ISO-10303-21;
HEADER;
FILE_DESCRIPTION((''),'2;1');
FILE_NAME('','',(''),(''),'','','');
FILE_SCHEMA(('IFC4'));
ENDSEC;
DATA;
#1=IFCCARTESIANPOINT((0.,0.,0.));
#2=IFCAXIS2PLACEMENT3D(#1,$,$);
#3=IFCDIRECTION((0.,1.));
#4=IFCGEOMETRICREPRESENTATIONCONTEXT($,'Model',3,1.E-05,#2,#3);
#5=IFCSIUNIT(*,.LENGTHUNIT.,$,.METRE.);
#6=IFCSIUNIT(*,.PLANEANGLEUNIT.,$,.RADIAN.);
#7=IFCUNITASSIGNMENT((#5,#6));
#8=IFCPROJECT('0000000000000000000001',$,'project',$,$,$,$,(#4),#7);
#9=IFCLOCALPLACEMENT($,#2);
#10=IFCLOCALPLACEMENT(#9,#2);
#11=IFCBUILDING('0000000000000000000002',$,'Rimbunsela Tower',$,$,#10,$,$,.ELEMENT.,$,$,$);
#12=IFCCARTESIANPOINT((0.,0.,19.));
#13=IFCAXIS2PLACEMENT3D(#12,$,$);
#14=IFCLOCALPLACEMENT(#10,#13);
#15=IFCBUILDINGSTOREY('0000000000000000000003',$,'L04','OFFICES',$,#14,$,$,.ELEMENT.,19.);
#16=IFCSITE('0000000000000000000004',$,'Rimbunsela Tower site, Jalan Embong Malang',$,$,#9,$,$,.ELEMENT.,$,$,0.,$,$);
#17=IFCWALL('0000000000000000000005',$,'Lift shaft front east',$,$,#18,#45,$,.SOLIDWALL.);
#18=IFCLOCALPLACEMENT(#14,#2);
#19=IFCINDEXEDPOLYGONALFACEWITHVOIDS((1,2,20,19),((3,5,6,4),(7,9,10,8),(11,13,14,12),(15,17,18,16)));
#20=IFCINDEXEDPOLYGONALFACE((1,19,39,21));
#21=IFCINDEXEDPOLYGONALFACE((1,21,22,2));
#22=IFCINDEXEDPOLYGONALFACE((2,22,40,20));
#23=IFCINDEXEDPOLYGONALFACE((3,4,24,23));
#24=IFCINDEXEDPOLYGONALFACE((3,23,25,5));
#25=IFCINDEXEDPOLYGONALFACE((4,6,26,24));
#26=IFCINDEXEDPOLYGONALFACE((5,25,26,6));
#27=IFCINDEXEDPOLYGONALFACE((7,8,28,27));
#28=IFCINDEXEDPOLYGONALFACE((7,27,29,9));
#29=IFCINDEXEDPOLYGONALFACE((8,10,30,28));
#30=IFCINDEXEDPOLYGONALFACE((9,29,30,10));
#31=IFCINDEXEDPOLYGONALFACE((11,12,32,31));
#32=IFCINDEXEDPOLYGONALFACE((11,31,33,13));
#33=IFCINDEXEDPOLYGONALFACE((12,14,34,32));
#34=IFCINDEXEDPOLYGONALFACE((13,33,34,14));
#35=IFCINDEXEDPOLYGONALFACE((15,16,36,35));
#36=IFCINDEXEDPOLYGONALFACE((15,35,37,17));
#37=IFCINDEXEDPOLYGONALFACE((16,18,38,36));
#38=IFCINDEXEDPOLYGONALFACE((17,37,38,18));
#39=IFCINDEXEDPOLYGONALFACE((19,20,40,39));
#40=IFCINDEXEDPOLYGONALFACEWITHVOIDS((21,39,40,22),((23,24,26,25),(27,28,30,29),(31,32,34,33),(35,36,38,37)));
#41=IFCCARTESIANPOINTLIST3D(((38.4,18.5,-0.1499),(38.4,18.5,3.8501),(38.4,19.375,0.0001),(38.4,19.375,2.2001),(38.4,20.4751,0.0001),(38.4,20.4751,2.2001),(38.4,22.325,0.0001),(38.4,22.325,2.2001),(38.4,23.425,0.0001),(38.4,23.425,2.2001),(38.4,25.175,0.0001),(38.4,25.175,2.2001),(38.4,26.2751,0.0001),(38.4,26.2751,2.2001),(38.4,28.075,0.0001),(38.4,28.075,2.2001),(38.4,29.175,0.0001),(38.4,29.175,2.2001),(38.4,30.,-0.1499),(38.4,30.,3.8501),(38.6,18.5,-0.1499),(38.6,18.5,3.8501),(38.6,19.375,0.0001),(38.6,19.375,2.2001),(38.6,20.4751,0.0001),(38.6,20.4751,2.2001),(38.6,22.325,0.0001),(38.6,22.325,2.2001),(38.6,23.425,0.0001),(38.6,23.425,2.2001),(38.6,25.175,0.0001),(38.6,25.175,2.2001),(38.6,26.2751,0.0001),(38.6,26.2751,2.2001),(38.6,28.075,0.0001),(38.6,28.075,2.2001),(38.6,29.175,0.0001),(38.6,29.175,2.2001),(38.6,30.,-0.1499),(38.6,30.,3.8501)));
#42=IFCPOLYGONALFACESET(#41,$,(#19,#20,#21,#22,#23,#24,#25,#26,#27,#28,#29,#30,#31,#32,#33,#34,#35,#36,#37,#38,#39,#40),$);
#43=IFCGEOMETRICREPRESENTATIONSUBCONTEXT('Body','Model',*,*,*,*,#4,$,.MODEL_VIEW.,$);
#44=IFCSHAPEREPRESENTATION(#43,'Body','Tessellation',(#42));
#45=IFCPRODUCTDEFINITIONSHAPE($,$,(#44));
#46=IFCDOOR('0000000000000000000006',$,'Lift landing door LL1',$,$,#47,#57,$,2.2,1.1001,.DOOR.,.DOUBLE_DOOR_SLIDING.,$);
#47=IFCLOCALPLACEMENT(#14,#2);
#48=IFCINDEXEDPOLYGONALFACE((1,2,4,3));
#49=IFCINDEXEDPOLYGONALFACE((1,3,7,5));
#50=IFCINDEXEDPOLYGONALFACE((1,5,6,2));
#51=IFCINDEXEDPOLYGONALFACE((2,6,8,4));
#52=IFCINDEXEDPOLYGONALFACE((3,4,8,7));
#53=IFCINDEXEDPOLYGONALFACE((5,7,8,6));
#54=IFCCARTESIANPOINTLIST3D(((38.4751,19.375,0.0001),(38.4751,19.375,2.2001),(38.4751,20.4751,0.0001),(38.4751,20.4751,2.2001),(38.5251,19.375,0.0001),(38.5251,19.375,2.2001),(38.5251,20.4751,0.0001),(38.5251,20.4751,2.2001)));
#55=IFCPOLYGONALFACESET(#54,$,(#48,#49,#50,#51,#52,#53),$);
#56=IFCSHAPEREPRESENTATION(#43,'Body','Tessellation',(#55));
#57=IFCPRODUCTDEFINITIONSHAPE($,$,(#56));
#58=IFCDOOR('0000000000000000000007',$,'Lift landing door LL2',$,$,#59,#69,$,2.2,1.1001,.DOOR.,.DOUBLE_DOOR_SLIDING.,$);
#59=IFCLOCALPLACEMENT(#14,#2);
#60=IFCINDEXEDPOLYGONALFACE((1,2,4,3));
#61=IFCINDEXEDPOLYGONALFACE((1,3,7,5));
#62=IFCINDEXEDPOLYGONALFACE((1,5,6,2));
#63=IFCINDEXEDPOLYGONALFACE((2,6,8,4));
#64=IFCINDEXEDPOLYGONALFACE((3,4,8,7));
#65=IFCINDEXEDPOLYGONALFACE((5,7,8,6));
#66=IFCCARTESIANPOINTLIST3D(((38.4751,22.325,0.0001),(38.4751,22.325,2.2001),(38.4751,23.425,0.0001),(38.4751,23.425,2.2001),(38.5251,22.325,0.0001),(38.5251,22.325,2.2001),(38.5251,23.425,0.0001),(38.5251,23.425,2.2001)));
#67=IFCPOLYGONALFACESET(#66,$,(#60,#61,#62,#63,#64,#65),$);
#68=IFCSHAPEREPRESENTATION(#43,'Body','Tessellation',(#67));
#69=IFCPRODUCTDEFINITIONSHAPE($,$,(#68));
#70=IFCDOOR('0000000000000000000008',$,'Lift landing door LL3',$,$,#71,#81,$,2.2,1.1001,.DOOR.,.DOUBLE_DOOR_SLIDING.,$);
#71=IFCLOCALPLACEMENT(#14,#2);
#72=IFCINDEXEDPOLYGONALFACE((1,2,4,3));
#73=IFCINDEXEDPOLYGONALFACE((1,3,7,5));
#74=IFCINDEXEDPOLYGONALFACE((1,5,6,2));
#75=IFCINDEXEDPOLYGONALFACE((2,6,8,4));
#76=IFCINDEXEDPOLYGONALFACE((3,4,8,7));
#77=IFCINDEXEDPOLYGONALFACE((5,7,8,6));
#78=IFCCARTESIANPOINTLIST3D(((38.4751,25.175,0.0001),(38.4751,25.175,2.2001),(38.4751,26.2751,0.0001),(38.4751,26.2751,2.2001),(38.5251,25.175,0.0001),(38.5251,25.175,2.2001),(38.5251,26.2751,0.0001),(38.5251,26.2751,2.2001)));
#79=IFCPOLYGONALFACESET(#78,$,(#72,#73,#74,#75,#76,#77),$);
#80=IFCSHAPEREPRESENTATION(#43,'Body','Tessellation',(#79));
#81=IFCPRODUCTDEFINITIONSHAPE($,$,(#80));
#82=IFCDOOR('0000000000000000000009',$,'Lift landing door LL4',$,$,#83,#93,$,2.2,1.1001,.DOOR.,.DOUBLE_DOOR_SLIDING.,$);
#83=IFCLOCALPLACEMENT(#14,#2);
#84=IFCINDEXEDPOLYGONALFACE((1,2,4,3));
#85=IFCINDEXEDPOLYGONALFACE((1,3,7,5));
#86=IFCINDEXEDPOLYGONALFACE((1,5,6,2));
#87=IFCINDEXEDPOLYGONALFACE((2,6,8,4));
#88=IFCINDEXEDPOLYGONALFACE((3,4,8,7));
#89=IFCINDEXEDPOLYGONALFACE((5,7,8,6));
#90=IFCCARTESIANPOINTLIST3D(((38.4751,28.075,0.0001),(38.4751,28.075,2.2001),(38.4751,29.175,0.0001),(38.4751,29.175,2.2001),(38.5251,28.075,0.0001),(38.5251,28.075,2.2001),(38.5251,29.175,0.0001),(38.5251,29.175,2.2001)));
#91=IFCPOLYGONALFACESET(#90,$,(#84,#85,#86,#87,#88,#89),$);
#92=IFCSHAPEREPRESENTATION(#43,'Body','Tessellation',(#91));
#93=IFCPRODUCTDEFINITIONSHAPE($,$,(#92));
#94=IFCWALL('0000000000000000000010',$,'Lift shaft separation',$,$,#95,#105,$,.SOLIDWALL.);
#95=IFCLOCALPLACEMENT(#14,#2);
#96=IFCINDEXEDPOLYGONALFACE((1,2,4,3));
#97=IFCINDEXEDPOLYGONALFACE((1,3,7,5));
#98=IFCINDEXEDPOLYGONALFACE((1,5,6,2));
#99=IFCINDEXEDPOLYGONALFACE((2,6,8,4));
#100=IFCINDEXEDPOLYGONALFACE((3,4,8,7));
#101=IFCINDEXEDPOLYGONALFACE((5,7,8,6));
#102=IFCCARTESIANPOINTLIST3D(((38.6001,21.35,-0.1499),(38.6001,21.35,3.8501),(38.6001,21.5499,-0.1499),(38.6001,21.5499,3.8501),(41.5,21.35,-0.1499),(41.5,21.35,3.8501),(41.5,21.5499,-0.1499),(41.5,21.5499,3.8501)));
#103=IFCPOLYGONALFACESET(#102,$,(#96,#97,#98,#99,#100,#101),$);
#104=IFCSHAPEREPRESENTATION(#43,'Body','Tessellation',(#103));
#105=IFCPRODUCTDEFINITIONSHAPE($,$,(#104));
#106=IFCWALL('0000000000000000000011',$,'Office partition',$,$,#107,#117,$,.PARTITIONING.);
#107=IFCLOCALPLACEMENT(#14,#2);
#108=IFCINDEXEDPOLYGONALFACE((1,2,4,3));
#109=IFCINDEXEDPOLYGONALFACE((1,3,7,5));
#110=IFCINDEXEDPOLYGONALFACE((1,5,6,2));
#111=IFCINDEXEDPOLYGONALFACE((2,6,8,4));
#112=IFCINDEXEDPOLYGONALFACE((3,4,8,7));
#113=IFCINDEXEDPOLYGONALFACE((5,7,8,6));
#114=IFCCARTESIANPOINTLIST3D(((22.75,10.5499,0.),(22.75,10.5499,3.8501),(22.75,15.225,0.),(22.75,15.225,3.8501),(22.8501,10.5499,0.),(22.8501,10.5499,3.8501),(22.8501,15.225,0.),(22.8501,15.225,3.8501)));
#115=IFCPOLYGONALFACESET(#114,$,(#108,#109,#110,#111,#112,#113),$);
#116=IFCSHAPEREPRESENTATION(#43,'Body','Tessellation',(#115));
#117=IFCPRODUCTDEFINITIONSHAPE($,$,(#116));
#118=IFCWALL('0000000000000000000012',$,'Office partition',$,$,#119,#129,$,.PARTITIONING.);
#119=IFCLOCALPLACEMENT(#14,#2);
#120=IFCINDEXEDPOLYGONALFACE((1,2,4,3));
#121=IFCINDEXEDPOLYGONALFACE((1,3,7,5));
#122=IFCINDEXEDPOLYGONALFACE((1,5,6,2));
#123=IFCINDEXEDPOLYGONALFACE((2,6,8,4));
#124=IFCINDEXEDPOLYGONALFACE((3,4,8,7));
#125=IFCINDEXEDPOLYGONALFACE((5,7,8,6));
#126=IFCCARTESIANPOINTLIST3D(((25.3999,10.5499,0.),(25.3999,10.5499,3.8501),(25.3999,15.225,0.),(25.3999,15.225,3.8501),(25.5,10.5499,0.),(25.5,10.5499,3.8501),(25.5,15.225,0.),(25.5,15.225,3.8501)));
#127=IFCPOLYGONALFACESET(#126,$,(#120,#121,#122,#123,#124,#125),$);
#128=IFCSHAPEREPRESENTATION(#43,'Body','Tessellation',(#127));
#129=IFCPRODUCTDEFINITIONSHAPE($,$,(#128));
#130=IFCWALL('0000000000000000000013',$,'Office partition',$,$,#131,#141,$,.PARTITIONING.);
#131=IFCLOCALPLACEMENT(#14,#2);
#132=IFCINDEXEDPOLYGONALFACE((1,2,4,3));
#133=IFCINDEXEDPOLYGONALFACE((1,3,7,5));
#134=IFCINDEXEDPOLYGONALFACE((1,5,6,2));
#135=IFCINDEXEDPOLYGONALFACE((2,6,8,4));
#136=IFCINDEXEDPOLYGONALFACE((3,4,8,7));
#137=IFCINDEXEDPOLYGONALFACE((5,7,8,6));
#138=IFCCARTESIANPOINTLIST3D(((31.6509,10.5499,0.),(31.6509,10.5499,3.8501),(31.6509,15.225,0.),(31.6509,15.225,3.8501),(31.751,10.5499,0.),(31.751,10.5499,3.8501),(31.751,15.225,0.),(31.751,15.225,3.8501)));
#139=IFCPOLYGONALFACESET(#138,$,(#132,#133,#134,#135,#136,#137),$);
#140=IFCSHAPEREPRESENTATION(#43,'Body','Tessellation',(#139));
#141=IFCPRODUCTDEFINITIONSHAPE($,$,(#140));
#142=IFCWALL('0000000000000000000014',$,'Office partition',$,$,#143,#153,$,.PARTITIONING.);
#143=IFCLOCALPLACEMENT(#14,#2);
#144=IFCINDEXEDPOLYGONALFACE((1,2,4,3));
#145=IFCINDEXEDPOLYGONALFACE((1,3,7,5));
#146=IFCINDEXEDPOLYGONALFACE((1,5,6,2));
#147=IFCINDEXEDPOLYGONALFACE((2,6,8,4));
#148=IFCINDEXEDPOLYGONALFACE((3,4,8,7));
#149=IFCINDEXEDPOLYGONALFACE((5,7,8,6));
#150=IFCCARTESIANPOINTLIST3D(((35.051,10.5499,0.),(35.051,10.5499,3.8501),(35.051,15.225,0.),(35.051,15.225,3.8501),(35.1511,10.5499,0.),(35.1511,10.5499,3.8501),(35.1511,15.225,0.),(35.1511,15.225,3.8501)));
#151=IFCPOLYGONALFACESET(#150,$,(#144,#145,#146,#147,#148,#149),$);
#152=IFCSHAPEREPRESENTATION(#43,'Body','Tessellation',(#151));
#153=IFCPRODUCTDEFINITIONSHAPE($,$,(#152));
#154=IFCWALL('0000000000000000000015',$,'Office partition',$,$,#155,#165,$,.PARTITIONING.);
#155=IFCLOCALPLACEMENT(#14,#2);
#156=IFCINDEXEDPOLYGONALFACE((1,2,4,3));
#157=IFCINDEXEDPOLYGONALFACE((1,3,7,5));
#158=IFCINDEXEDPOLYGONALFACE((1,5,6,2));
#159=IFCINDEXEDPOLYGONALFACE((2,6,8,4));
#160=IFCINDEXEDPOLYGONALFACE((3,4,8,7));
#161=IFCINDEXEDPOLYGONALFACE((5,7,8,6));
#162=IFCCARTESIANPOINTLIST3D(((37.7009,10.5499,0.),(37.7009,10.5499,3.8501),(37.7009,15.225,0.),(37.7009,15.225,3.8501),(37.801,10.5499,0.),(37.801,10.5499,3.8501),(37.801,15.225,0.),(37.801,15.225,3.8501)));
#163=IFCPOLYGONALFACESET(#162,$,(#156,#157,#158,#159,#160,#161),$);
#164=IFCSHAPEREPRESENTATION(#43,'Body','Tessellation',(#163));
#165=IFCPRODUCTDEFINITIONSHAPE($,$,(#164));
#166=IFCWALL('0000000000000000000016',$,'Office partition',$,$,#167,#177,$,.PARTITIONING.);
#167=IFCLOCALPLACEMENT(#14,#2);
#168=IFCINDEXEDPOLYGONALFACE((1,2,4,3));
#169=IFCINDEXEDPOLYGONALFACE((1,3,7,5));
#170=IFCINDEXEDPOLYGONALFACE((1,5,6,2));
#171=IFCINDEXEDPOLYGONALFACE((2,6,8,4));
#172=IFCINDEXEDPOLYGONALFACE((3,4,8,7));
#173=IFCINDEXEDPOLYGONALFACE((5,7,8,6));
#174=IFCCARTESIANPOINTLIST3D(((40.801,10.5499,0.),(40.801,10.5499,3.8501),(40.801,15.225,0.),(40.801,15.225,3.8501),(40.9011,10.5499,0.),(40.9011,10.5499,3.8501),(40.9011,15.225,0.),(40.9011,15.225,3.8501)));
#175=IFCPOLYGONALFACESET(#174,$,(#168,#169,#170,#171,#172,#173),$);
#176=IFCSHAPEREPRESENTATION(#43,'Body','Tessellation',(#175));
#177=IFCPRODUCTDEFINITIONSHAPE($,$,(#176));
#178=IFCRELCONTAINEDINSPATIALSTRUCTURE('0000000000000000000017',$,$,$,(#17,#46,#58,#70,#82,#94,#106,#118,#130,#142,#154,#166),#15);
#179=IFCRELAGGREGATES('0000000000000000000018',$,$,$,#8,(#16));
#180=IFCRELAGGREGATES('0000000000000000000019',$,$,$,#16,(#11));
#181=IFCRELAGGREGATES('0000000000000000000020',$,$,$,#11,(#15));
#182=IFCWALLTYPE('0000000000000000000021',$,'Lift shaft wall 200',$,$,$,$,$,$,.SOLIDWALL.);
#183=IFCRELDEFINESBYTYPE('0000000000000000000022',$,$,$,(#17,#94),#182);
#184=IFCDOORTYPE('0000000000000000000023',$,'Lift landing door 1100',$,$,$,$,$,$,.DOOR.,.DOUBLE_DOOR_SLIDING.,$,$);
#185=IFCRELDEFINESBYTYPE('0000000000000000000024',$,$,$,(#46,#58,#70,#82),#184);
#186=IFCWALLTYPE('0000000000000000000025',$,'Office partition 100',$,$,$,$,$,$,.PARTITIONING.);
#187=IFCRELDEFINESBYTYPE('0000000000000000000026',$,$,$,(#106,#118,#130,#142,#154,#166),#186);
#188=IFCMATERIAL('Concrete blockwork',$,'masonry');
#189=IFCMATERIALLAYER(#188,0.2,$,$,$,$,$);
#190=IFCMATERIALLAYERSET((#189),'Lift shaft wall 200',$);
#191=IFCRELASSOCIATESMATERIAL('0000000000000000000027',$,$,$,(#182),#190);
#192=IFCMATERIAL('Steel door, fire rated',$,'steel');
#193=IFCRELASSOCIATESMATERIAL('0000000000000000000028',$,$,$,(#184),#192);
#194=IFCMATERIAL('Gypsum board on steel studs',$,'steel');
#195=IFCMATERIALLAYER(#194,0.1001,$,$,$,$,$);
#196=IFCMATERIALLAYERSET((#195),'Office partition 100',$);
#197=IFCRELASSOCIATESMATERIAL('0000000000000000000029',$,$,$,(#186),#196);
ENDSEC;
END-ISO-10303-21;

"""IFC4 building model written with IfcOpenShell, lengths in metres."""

from ifc_helpers import new_model, si_unit, direction, frame, frame_2d, origin, place, context, subcontext, project, spatial, rectangle, extrude, material, layer, layer_set, type_object, element, fill, save


model = new_model("IFC4")

# Units and contexts
model_context = context("Model", 3, precision=1e-05, world=origin(), true_north=direction((0.0, 1.0)))
body_context = subcontext(model_context, "Body", "Model", "MODEL_VIEW")
ifc_project = project(units=[si_unit("LENGTHUNIT", "METRE"), si_unit("PLANEANGLEUNIT", "RADIAN")], contexts=[model_context])

# Site, building, storey
site_placement = place(None, origin())
site = spatial("IfcSite", under=ifc_project, at=site_placement, Name="Rimbunsela Tower site, Jalan Embong Malang", CompositionType="ELEMENT", RefElevation=0.0)
building_placement = place(site_placement, origin())
building = spatial("IfcBuilding", under=site, at=building_placement, Name="Rimbunsela Tower", CompositionType="ELEMENT")
storey_placement = place(building_placement, frame((0.0, 0.0, 19.0)))
storey = spatial("IfcBuildingStorey", under=building, at=storey_placement, Name="L04", Description="OFFICES", CompositionType="ELEMENT", Elevation=19.0)

# Wall, openings, doors
ifc_material_1 = material(Name="Concrete blockwork", Category="masonry")
ifc_layer_1 = layer(ifc_material_1, 0.2)
ifc_layer_set_1 = layer_set([ifc_layer_1], Name="Lift shaft wall 200")
wall_type_1 = type_object("IfcWallType", Name="Lift shaft wall 200", PredefinedType="SOLIDWALL", material=ifc_layer_set_1)
wall_1_placement = place(storey_placement, frame((38.5, 18.5, -0.1499), z_axis=(0.0, 0.0, 1.0), x_axis=(0.0, 1.0, 0.0)))
wall_1 = element("IfcWall", 1, at=wall_1_placement, inside=storey, type_object=wall_type_1, Name="Lift shaft front east", PredefinedType="SOLIDWALL", context=body_context, shape_type="SweptSolid", body=[
    extrude(rectangle(XDim=11.5, YDim=0.2, at=frame_2d((5.75, 0.0))), origin(), (0.0, 0.0, 1.0), 4.0),
])
opening_1_placement = place(wall_1_placement, frame((0.875, 0.0, 0.1499)))
opening_1 = element("IfcOpeningElement", 2, at=opening_1_placement, cuts=wall_1, PredefinedType="OPENING", context=body_context, shape_type="SweptSolid", body=[
    extrude(rectangle(XDim=1.1001, YDim=2.2, at=frame_2d((0.55, 1.1001))), frame((0.0, 0.1099, 0.0), z_axis=(0.0, -1.0, 0.0), x_axis=(1.0, 0.0, 0.0)), (0.0, 0.0, 1.0), 0.22),
])
opening_2_placement = place(wall_1_placement, frame((3.825, 0.0, 0.1499)))
opening_2 = element("IfcOpeningElement", 3, at=opening_2_placement, cuts=wall_1, PredefinedType="OPENING", context=body_context, shape_type="SweptSolid", body=[
    extrude(rectangle(XDim=1.1001, YDim=2.2, at=frame_2d((0.55, 1.1001))), frame((0.0, 0.1099, 0.0), z_axis=(0.0, -1.0, 0.0), x_axis=(1.0, 0.0, 0.0)), (0.0, 0.0, 1.0), 0.22),
])
opening_3_placement = place(wall_1_placement, frame((6.675, 0.0, 0.1499)))
opening_3 = element("IfcOpeningElement", 4, at=opening_3_placement, cuts=wall_1, PredefinedType="OPENING", context=body_context, shape_type="SweptSolid", body=[
    extrude(rectangle(XDim=1.1001, YDim=2.2, at=frame_2d((0.55, 1.1001))), frame((0.0, 0.1099, 0.0), z_axis=(0.0, -1.0, 0.0), x_axis=(1.0, 0.0, 0.0)), (0.0, 0.0, 1.0), 0.22),
])
opening_4_placement = place(wall_1_placement, frame((9.575, 0.0, 0.1499)))
opening_4 = element("IfcOpeningElement", 5, at=opening_4_placement, cuts=wall_1, PredefinedType="OPENING", context=body_context, shape_type="SweptSolid", body=[
    extrude(rectangle(XDim=1.1001, YDim=2.2, at=frame_2d((0.55, 1.1001))), frame((0.0, 0.1099, 0.0), z_axis=(0.0, -1.0, 0.0), x_axis=(1.0, 0.0, 0.0)), (0.0, 0.0, 1.0), 0.22),
])
ifc_material_2 = material(Name="Steel door, fire rated", Category="steel")
door_type_1 = type_object("IfcDoorType", Name="Lift landing door 1100", OperationType="DOUBLE_DOOR_SLIDING", PredefinedType="DOOR", material=ifc_material_2)
door_1_placement = place(opening_1_placement, origin())
door_1 = element("IfcDoor", 6, at=door_1_placement, inside=storey, type_object=door_type_1, Name="Lift landing door LL1", OperationType="DOUBLE_DOOR_SLIDING", OverallHeight=2.2, OverallWidth=1.1001, PredefinedType="DOOR", context=body_context, shape_type="SweptSolid", body=[
    extrude(rectangle(XDim=1.1001, YDim=2.2, at=frame_2d((0.55, 1.1001))), frame((0.0, 0.0249, 0.0), z_axis=(0.0, -1.0, 0.0), x_axis=(1.0, 0.0, 0.0)), (0.0, 0.0, 1.0), 0.05),
])
fill(opening_1, door_1)
door_2_placement = place(opening_2_placement, origin())
door_2 = element("IfcDoor", 7, at=door_2_placement, inside=storey, type_object=door_type_1, Name="Lift landing door LL2", OperationType="DOUBLE_DOOR_SLIDING", OverallHeight=2.2, OverallWidth=1.1001, PredefinedType="DOOR", context=body_context, shape_type="SweptSolid", body=[
    extrude(rectangle(XDim=1.1001, YDim=2.2, at=frame_2d((0.55, 1.1001))), frame((0.0, 0.0249, 0.0), z_axis=(0.0, -1.0, 0.0), x_axis=(1.0, 0.0, 0.0)), (0.0, 0.0, 1.0), 0.05),
])
fill(opening_2, door_2)
door_3_placement = place(opening_3_placement, origin())
door_3 = element("IfcDoor", 8, at=door_3_placement, inside=storey, type_object=door_type_1, Name="Lift landing door LL3", OperationType="DOUBLE_DOOR_SLIDING", OverallHeight=2.2, OverallWidth=1.1001, PredefinedType="DOOR", context=body_context, shape_type="SweptSolid", body=[
    extrude(rectangle(XDim=1.1001, YDim=2.2, at=frame_2d((0.55, 1.1001))), frame((0.0, 0.0249, 0.0), z_axis=(0.0, -1.0, 0.0), x_axis=(1.0, 0.0, 0.0)), (0.0, 0.0, 1.0), 0.05),
])
fill(opening_3, door_3)
door_4_placement = place(opening_4_placement, origin())
door_4 = element("IfcDoor", 9, at=door_4_placement, inside=storey, type_object=door_type_1, Name="Lift landing door LL4", OperationType="DOUBLE_DOOR_SLIDING", OverallHeight=2.2, OverallWidth=1.1001, PredefinedType="DOOR", context=body_context, shape_type="SweptSolid", body=[
    extrude(rectangle(XDim=1.1001, YDim=2.2, at=frame_2d((0.55, 1.1001))), frame((0.0, 0.0249, 0.0), z_axis=(0.0, -1.0, 0.0), x_axis=(1.0, 0.0, 0.0)), (0.0, 0.0, 1.0), 0.05),
])
fill(opening_4, door_4)

# Walls
wall_2_placement = place(storey_placement, frame((38.6001, 21.45, -0.1499), z_axis=(0.0, 0.0, 1.0), x_axis=(1.0, 0.0, 0.0)))
element("IfcWall", 10, at=wall_2_placement, inside=storey, type_object=wall_type_1, Name="Lift shaft separation", PredefinedType="SOLIDWALL", context=body_context, shape_type="SweptSolid", body=[
    extrude(rectangle(XDim=2.8999, YDim=0.2, at=frame_2d((1.45, 0.0))), origin(), (0.0, 0.0, 1.0), 4.0),
])
ifc_material_3 = material(Name="Gypsum board on steel studs", Category="steel")
ifc_layer_2 = layer(ifc_material_3, 0.1001)
ifc_layer_set_2 = layer_set([ifc_layer_2], Name="Office partition 100")
wall_type_2 = type_object("IfcWallType", Name="Office partition 100", PredefinedType="PARTITIONING", material=ifc_layer_set_2)
for number, where, z_axis, x_axis, name in (
    (11, (22.8, 10.55, 0.0), (0.0, 0.0, 1.0), (0.0, 1.0, 0.0), "Office partition"),
    (12, (25.45, 10.55, 0.0), (0.0, 0.0, 1.0), (0.0, 1.0, 0.0), "Office partition"),
    (13, (31.7009, 10.55, 0.0), (0.0, 0.0, 1.0), (0.0, 1.0, 0.0), "Office partition"),
    (14, (35.1011, 10.55, 0.0), (0.0, 0.0, 1.0), (0.0, 1.0, 0.0), "Office partition"),
    (15, (37.751, 10.55, 0.0), (0.0, 0.0, 1.0), (0.0, 1.0, 0.0), "Office partition"),
    (16, (40.8511, 10.55, 0.0), (0.0, 0.0, 1.0), (0.0, 1.0, 0.0), "Office partition"),
):
    element("IfcWall", number, at=place(storey_placement, frame(where, z_axis=z_axis, x_axis=x_axis)), inside=storey, type_object=wall_type_2, Name=name, PredefinedType="PARTITIONING", context=body_context, shape_type="SweptSolid", body=[
        extrude(rectangle(XDim=4.675, YDim=0.1001, at=frame_2d((2.3374, 0.0))), origin(), (0.0, 0.0, 1.0), 3.8501),
    ])

save(model, "model.ifc")
